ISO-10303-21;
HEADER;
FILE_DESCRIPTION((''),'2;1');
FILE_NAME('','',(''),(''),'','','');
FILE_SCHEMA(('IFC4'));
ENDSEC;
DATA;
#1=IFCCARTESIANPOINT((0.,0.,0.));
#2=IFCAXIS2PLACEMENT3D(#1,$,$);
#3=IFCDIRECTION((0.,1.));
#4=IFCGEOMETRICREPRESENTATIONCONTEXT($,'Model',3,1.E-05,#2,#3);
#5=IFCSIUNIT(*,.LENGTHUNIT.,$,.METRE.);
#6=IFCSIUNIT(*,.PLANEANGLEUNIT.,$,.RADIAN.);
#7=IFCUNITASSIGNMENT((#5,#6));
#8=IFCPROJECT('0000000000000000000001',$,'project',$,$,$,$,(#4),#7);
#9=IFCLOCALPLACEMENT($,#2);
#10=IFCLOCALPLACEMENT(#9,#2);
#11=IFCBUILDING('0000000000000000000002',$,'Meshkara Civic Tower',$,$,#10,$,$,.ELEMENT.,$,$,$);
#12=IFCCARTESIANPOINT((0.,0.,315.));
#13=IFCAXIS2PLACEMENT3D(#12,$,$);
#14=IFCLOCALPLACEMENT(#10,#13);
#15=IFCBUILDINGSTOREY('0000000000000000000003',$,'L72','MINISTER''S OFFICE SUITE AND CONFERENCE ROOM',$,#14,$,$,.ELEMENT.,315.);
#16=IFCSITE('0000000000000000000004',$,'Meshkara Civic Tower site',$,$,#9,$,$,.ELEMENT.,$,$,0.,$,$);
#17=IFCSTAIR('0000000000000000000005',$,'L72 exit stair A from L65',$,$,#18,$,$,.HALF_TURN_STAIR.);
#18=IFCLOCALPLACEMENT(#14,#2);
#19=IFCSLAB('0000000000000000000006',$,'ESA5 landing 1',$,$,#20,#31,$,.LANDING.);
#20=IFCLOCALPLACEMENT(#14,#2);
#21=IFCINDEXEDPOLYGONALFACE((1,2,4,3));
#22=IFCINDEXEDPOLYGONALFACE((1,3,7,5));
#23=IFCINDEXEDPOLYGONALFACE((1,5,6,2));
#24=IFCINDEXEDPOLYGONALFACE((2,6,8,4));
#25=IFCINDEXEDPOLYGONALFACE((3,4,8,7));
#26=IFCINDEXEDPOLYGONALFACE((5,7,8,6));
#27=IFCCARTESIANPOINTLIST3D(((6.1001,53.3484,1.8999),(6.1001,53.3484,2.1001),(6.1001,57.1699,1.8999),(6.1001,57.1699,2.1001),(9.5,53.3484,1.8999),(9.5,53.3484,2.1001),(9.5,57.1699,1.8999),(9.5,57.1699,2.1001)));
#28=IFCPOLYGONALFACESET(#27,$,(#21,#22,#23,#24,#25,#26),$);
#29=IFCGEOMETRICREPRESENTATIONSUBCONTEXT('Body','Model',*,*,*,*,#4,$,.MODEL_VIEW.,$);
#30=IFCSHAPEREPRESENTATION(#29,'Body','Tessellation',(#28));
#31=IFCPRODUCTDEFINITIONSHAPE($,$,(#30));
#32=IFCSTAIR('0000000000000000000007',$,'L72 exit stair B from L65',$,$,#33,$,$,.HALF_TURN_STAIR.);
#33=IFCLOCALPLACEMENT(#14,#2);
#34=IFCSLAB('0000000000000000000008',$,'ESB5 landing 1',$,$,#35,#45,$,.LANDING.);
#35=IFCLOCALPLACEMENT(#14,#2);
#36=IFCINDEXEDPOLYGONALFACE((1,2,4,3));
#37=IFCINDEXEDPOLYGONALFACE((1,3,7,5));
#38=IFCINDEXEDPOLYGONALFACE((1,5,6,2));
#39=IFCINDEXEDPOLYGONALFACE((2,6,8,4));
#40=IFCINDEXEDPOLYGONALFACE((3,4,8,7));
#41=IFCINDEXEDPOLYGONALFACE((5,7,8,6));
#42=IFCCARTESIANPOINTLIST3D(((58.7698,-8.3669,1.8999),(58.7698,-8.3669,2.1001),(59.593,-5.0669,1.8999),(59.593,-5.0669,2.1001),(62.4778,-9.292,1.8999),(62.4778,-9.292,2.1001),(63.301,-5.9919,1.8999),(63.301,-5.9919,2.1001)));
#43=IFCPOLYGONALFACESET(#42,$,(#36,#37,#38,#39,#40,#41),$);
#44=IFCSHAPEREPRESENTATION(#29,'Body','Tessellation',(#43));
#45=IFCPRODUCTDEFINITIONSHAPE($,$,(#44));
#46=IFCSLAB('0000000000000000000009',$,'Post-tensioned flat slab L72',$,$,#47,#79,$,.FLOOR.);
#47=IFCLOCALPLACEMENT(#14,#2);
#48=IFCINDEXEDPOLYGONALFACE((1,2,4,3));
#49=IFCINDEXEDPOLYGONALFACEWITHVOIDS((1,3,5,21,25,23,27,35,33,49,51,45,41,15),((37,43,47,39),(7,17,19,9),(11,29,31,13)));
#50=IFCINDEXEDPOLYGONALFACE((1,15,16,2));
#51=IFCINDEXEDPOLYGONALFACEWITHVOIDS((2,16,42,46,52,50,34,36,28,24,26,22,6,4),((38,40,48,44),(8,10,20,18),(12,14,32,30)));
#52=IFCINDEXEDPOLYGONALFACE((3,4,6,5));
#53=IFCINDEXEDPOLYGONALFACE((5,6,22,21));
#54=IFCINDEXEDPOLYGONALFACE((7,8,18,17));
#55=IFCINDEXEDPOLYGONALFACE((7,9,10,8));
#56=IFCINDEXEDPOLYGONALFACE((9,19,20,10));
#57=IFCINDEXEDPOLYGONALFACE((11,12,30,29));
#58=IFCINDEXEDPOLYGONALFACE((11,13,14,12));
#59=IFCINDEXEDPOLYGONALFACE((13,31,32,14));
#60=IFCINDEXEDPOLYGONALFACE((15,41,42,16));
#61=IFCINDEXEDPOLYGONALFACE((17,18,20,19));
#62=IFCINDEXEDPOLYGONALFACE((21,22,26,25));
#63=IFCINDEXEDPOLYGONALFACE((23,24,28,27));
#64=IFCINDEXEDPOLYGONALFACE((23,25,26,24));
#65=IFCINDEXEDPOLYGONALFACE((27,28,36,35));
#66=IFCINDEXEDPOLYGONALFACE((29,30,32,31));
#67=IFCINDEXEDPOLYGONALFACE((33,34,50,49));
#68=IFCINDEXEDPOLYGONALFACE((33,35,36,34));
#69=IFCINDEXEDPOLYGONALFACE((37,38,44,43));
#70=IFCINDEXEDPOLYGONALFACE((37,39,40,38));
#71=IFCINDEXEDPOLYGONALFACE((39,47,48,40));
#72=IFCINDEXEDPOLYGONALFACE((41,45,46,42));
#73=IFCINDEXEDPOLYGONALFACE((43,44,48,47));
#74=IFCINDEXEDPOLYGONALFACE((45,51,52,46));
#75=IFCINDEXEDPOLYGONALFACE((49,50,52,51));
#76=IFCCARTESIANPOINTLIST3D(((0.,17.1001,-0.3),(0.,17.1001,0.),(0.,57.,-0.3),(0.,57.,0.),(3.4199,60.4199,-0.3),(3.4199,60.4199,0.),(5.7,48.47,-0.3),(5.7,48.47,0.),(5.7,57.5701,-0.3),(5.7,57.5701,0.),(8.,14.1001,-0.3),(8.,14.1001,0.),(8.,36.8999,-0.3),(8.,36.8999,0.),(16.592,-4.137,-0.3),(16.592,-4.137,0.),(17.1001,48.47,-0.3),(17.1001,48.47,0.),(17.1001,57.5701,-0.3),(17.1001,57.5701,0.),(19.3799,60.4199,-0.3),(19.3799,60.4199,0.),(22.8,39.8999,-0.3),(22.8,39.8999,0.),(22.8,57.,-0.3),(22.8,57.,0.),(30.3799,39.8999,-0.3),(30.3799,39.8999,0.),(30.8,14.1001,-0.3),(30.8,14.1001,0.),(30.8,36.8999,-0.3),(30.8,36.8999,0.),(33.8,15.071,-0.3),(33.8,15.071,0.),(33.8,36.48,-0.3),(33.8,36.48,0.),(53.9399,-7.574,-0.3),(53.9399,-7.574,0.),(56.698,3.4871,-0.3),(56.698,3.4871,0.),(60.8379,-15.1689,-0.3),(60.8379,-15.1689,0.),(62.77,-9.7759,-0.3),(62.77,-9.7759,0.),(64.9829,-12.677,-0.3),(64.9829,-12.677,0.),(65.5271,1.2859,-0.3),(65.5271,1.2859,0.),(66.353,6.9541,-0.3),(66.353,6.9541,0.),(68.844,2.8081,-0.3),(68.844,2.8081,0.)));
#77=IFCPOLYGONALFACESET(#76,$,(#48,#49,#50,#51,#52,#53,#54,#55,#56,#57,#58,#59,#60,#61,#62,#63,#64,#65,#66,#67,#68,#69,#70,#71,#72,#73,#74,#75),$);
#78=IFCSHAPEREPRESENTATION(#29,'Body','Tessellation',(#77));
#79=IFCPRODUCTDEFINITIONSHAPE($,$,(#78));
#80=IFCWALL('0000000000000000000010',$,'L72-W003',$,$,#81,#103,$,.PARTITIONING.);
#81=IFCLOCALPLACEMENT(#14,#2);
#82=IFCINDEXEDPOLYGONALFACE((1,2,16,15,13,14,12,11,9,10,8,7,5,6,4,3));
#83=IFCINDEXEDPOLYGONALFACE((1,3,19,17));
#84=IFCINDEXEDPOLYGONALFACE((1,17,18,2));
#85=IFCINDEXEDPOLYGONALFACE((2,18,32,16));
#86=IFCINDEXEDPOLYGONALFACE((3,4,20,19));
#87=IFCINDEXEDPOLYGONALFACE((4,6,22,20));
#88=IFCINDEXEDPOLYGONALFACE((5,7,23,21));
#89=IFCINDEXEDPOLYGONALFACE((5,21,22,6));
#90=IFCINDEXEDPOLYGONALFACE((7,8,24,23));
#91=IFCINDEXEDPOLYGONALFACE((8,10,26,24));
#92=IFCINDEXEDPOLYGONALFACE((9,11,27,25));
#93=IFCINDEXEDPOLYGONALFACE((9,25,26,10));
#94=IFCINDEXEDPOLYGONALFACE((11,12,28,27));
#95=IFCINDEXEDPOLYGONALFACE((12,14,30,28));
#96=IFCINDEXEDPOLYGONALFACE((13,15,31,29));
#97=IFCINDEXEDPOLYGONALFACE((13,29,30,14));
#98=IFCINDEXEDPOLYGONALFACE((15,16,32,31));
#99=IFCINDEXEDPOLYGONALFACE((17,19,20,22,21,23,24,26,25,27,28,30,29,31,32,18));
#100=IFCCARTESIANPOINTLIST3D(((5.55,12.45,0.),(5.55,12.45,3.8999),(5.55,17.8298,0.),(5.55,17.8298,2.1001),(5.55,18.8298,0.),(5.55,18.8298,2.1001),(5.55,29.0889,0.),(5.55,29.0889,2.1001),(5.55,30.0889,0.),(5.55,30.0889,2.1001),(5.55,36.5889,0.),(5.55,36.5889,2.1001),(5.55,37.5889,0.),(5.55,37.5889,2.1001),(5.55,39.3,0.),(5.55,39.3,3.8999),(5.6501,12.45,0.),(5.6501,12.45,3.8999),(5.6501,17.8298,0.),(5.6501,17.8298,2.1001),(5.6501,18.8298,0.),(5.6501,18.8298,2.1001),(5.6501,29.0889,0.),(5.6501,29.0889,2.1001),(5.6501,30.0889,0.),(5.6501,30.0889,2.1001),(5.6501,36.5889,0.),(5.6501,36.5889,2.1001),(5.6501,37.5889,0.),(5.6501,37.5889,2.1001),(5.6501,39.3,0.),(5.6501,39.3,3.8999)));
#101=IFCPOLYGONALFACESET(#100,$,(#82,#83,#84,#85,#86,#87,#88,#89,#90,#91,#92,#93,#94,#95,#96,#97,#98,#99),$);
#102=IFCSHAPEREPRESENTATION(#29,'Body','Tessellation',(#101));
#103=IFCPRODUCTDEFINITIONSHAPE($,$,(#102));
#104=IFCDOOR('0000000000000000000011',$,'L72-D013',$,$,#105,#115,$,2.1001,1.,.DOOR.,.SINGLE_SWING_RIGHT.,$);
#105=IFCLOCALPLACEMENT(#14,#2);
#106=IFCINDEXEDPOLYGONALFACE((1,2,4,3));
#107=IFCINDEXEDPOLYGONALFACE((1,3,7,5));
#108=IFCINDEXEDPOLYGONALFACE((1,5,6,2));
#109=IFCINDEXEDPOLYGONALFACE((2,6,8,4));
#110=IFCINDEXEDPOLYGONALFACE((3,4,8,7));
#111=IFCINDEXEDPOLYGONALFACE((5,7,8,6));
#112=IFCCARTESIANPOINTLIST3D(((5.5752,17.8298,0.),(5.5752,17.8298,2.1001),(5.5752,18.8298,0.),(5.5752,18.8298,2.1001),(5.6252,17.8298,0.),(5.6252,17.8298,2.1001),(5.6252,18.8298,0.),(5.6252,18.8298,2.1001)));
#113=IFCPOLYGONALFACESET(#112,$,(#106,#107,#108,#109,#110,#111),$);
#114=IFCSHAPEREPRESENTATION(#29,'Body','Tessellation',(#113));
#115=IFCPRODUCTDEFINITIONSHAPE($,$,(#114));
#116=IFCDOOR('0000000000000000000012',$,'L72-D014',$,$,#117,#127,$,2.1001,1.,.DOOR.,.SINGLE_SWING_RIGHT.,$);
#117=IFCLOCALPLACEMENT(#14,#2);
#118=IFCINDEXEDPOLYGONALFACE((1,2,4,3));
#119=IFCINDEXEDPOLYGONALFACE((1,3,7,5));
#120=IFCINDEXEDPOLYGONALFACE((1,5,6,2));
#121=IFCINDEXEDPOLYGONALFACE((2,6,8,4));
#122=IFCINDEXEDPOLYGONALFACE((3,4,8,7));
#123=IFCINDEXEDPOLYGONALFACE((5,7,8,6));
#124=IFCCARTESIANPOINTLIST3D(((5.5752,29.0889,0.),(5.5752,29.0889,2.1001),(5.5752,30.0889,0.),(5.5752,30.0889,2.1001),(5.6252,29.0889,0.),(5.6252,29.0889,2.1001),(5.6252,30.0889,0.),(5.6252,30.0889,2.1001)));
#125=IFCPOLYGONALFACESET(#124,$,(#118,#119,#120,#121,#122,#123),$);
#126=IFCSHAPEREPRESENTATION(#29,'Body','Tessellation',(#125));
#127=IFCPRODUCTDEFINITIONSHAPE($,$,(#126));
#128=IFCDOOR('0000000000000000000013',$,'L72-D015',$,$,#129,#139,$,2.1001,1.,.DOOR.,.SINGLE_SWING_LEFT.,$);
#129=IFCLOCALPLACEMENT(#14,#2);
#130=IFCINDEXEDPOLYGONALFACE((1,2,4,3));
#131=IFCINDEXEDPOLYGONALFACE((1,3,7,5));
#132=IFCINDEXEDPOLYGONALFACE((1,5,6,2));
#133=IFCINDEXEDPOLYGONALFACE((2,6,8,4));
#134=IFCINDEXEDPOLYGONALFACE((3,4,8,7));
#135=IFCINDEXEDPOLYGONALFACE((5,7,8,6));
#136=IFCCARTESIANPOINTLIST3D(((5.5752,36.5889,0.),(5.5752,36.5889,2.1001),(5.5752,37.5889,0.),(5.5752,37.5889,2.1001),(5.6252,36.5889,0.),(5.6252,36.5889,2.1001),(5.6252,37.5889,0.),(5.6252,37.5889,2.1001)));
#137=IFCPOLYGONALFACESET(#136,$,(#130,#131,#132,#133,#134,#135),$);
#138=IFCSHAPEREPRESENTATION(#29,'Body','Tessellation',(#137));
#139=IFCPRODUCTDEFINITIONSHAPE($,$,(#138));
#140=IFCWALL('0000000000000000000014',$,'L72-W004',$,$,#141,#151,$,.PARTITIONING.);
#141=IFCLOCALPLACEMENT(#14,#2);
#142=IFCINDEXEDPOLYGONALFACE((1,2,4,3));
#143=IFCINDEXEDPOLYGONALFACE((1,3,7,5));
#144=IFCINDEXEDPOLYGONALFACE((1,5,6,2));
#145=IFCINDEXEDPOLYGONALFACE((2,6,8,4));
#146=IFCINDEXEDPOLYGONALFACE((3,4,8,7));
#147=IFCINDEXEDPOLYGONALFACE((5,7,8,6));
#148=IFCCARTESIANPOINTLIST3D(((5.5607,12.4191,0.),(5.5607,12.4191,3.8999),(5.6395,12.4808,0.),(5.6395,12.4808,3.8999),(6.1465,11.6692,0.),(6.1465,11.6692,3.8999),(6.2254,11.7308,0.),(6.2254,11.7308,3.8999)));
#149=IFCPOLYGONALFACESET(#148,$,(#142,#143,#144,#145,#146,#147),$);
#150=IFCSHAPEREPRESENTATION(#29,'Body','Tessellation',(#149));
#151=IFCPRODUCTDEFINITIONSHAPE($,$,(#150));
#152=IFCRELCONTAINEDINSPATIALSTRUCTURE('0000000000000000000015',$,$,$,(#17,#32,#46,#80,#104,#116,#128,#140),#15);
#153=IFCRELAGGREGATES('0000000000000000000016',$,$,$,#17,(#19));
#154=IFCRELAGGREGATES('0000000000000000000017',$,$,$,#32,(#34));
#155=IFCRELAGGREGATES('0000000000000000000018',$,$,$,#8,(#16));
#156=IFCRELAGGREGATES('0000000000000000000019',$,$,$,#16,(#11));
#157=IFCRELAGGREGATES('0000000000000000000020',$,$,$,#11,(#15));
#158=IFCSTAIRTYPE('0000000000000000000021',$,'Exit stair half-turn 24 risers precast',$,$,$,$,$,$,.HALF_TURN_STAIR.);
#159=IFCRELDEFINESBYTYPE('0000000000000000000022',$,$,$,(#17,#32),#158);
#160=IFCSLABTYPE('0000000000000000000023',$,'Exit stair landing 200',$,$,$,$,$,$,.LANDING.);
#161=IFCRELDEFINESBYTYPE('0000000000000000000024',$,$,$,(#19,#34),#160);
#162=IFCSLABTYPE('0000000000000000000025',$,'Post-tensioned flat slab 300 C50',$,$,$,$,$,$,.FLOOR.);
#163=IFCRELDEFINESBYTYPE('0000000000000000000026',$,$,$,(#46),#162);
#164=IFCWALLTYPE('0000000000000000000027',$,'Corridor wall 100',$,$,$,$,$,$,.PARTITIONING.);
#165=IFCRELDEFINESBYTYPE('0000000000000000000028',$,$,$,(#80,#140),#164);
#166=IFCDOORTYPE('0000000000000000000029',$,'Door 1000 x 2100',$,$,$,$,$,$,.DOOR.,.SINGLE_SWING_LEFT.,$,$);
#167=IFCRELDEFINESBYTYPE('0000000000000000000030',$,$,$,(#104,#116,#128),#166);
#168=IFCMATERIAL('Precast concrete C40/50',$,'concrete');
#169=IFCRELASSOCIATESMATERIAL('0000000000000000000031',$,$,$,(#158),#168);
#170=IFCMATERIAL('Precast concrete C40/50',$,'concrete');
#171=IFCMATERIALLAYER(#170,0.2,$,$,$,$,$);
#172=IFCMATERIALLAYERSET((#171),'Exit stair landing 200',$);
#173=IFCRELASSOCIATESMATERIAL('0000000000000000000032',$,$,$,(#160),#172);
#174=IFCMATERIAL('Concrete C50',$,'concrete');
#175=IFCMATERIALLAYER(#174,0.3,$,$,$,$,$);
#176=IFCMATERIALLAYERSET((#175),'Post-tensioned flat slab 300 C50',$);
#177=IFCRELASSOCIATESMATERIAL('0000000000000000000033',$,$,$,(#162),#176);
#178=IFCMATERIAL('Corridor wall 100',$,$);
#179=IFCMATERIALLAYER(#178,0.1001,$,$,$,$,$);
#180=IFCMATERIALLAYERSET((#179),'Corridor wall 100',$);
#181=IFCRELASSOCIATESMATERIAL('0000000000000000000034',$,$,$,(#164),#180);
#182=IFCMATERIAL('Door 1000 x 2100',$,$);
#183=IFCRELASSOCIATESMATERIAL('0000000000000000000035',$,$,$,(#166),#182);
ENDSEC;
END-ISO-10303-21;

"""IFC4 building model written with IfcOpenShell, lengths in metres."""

from ifc_helpers import new_model, si_unit, direction, frame, frame_2d, origin, place, context, subcontext, project, spatial, polyline, rectangle, outline, extrude, material, layer, layer_set, type_object, element, fill, aggregate, save


model = new_model("IFC4")

# Units and contexts
model_context = context("Model", 3, precision=1e-05, world=origin(), true_north=direction((0.0, 1.0)))
body_context = subcontext(model_context, "Body", "Model", "MODEL_VIEW")
ifc_project = project(units=[si_unit("LENGTHUNIT", "METRE"), si_unit("PLANEANGLEUNIT", "RADIAN")], contexts=[model_context])

# Site, building, storey
site_placement = place(None, origin())
site = spatial("IfcSite", under=ifc_project, at=site_placement, Name="Meshkara Civic Tower site", CompositionType="ELEMENT", RefElevation=0.0)
building_placement = place(site_placement, origin())
building = spatial("IfcBuilding", under=site, at=building_placement, Name="Meshkara Civic Tower", CompositionType="ELEMENT")
storey_placement = place(building_placement, frame((0.0, 0.0, 315.0)))
storey = spatial("IfcBuildingStorey", under=building, at=storey_placement, Name="L72", Description="MINISTER'S OFFICE SUITE AND CONFERENCE ROOM", CompositionType="ELEMENT", Elevation=315.0)

# Stairs, slabs
ifc_material_1 = material(Name="Precast concrete C40/50", Category="concrete")
stair_type = type_object("IfcStairType", Name="Exit stair half-turn 24 risers precast", PredefinedType="HALF_TURN_STAIR", material=ifc_material_1)
ifc_material_2 = material(Name="Precast concrete C40/50", Category="concrete")
ifc_layer_1 = layer(ifc_material_2, 0.2)
ifc_layer_set_1 = layer_set([ifc_layer_1], Name="Exit stair landing 200")
slab_type_1 = type_object("IfcSlabType", Name="Exit stair landing 200", PredefinedType="LANDING", material=ifc_layer_set_1)
stair_1_placement = place(storey_placement, origin())
stair_1 = element("IfcStair", 1, at=stair_1_placement, inside=storey, type_object=stair_type, Name="L72 exit stair A from L65", PredefinedType="HALF_TURN_STAIR")
slab_1_placement = place(storey_placement, frame((0.0, 0.0, 1.8999)))
slab_1 = element("IfcSlab", 2, at=slab_1_placement, type_object=slab_type_1, Name="ESA5 landing 1", PredefinedType="LANDING", context=body_context, shape_type="SweptSolid", body=[
    extrude(outline(polyline([(9.5, 53.3484), (9.5, 57.1699), (6.1001, 57.1699), (6.1001, 53.3484), (9.5, 53.3484)])), origin(), (0.0, 0.0, 1.0), 0.2002),
])
aggregate(stair_1, [slab_1])
stair_2_placement = place(storey_placement, origin())
stair_2 = element("IfcStair", 3, at=stair_2_placement, inside=storey, type_object=stair_type, Name="L72 exit stair B from L65", PredefinedType="HALF_TURN_STAIR")
slab_2_placement = place(storey_placement, frame((0.0, 0.0, 1.8999)))
slab_2 = element("IfcSlab", 4, at=slab_2_placement, type_object=slab_type_1, Name="ESB5 landing 1", PredefinedType="LANDING", context=body_context, shape_type="SweptSolid", body=[
    extrude(outline(polyline([(58.7698, -8.3669), (62.4778, -9.292), (63.301, -5.9919), (59.593, -5.0669), (58.7698, -8.3669)])), origin(), (0.0, 0.0, 1.0), 0.2002),
])
aggregate(stair_2, [slab_2])

# Slab
ifc_material_3 = material(Name="Concrete C50", Category="concrete")
ifc_layer_2 = layer(ifc_material_3, 0.3)
ifc_layer_set_2 = layer_set([ifc_layer_2], Name="Post-tensioned flat slab 300 C50")
slab_type_2 = type_object("IfcSlabType", Name="Post-tensioned flat slab 300 C50", PredefinedType="FLOOR", material=ifc_layer_set_2)
slab_3_placement = place(storey_placement, frame((0.0, 0.0, -0.3)))
element("IfcSlab", 5, at=slab_3_placement, inside=storey, type_object=slab_type_2, Name="Post-tensioned flat slab L72", PredefinedType="FLOOR", context=body_context, shape_type="SweptSolid", body=[
    extrude(outline(polyline([(64.9829, -12.677), (60.8379, -15.1689), (16.592, -4.137), (0.0, 17.1001), (0.0, 57.0), (3.4199, 60.4199), (19.3799, 60.4199), (22.8, 57.0), (22.8, 39.8999), (30.3799, 39.8999), (33.8, 36.48), (33.8, 15.071), (66.353, 6.9541), (68.844, 2.8081), (64.9829, -12.677)]), holes=[polyline([(62.77, -9.7759), (65.5271, 1.2859), (56.698, 3.4871), (53.9399, -7.574), (62.77, -9.7759)]), polyline([(8.0, 14.1001), (30.8, 14.1001), (30.8, 36.8999), (8.0, 36.8999), (8.0, 14.1001)]), polyline([(5.7, 57.5701), (5.7, 48.47), (17.1001, 48.47), (17.1001, 57.5701), (5.7, 57.5701)])]), origin(), (0.0, 0.0, 1.0), 0.3),
])

# Wall, openings, doors
ifc_material_4 = material(Name="Corridor wall 100")
ifc_layer_3 = layer(ifc_material_4, 0.1001)
ifc_layer_set_3 = layer_set([ifc_layer_3], Name="Corridor wall 100")
wall_type_1 = type_object("IfcWallType", Name="Corridor wall 100", PredefinedType="PARTITIONING", material=ifc_layer_set_3)
wall_1_placement = place(storey_placement, frame((5.6001, 12.45, 0.0), z_axis=(0.0, 0.0, 1.0), x_axis=(0.0, 1.0, 0.0)))
wall_1 = element("IfcWall", 6, at=wall_1_placement, inside=storey, type_object=wall_type_1, Name="L72-W003", PredefinedType="PARTITIONING", context=body_context, shape_type="SweptSolid", body=[
    extrude(rectangle(XDim=26.8501, YDim=0.1001, at=frame_2d((13.425, 0.0))), origin(), (0.0, 0.0, 1.0), 3.8999),
])
opening_1_placement = place(wall_1_placement, frame((5.3799, 0.0, 0.0)))
opening_1 = element("IfcOpeningElement", 7, at=opening_1_placement, cuts=wall_1, PredefinedType="OPENING", context=body_context, shape_type="SweptSolid", body=[
    extrude(rectangle(XDim=1.0, YDim=2.1001, at=frame_2d((0.5, 1.05))), frame((0.0, 0.0601, 0.0), z_axis=(0.0, -1.0, 0.0), x_axis=(1.0, 0.0, 0.0)), (0.0, 0.0, 1.0), 0.1201),
])
opening_2_placement = place(wall_1_placement, frame((16.6389, 0.0, 0.0)))
opening_2 = element("IfcOpeningElement", 8, at=opening_2_placement, cuts=wall_1, PredefinedType="OPENING", context=body_context, shape_type="SweptSolid", body=[
    extrude(rectangle(XDim=1.0, YDim=2.1001, at=frame_2d((0.5, 1.05))), frame((0.0, 0.0601, 0.0), z_axis=(0.0, -1.0, 0.0), x_axis=(1.0, 0.0, 0.0)), (0.0, 0.0, 1.0), 0.1201),
])
opening_3_placement = place(wall_1_placement, frame((24.1389, 0.0, 0.0)))
opening_3 = element("IfcOpeningElement", 9, at=opening_3_placement, cuts=wall_1, PredefinedType="OPENING", context=body_context, shape_type="SweptSolid", body=[
    extrude(rectangle(XDim=1.0, YDim=2.1001, at=frame_2d((0.5, 1.05))), frame((0.0, 0.0601, 0.0), z_axis=(0.0, -1.0, 0.0), x_axis=(1.0, 0.0, 0.0)), (0.0, 0.0, 1.0), 0.1201),
])
ifc_material_5 = material(Name="Door 1000 x 2100")
door_type = type_object("IfcDoorType", Name="Door 1000 x 2100", OperationType="SINGLE_SWING_LEFT", PredefinedType="DOOR", material=ifc_material_5)
door_1_placement = place(opening_1_placement, origin())
door_1 = element("IfcDoor", 10, at=door_1_placement, inside=storey, type_object=door_type, Name="L72-D013", OperationType="SINGLE_SWING_RIGHT", OverallHeight=2.1001, OverallWidth=1.0, PredefinedType="DOOR", context=body_context, shape_type="SweptSolid", body=[
    extrude(rectangle(XDim=1.0, YDim=2.1001, at=frame_2d((0.5, 1.05))), frame((0.0, 0.0249, 0.0), z_axis=(0.0, -1.0, 0.0), x_axis=(1.0, 0.0, 0.0)), (0.0, 0.0, 1.0), 0.05),
])
fill(opening_1, door_1)
door_2_placement = place(opening_2_placement, origin())
door_2 = element("IfcDoor", 11, at=door_2_placement, inside=storey, type_object=door_type, Name="L72-D014", OperationType="SINGLE_SWING_RIGHT", OverallHeight=2.1001, OverallWidth=1.0, PredefinedType="DOOR", context=body_context, shape_type="SweptSolid", body=[
    extrude(rectangle(XDim=1.0, YDim=2.1001, at=frame_2d((0.5, 1.05))), frame((0.0, 0.0249, 0.0), z_axis=(0.0, -1.0, 0.0), x_axis=(1.0, 0.0, 0.0)), (0.0, 0.0, 1.0), 0.05),
])
fill(opening_2, door_2)
door_3_placement = place(opening_3_placement, origin())
door_3 = element("IfcDoor", 12, at=door_3_placement, inside=storey, type_object=door_type, Name="L72-D015", OperationType="SINGLE_SWING_LEFT", OverallHeight=2.1001, OverallWidth=1.0, PredefinedType="DOOR", context=body_context, shape_type="SweptSolid", body=[
    extrude(rectangle(XDim=1.0, YDim=2.1001, at=frame_2d((0.5, 1.05))), frame((0.0, 0.0249, 0.0), z_axis=(0.0, -1.0, 0.0), x_axis=(1.0, 0.0, 0.0)), (0.0, 0.0, 1.0), 0.05),
])
fill(opening_3, door_3)

# Wall
wall_2_placement = place(storey_placement, frame((5.6001, 12.45, 0.0), z_axis=(0.0, 0.0, 1.0), x_axis=(0.615644, -0.788024, 0.0)))
element("IfcWall", 13, at=wall_2_placement, inside=storey, type_object=wall_type_1, Name="L72-W004", PredefinedType="PARTITIONING", context=body_context, shape_type="SweptSolid", body=[
    extrude(rectangle(XDim=0.9517, YDim=0.1001, at=frame_2d((0.4758, 0.0))), origin(), (0.0, 0.0, 1.0), 3.8999),
])

save(model, "model.ifc")
